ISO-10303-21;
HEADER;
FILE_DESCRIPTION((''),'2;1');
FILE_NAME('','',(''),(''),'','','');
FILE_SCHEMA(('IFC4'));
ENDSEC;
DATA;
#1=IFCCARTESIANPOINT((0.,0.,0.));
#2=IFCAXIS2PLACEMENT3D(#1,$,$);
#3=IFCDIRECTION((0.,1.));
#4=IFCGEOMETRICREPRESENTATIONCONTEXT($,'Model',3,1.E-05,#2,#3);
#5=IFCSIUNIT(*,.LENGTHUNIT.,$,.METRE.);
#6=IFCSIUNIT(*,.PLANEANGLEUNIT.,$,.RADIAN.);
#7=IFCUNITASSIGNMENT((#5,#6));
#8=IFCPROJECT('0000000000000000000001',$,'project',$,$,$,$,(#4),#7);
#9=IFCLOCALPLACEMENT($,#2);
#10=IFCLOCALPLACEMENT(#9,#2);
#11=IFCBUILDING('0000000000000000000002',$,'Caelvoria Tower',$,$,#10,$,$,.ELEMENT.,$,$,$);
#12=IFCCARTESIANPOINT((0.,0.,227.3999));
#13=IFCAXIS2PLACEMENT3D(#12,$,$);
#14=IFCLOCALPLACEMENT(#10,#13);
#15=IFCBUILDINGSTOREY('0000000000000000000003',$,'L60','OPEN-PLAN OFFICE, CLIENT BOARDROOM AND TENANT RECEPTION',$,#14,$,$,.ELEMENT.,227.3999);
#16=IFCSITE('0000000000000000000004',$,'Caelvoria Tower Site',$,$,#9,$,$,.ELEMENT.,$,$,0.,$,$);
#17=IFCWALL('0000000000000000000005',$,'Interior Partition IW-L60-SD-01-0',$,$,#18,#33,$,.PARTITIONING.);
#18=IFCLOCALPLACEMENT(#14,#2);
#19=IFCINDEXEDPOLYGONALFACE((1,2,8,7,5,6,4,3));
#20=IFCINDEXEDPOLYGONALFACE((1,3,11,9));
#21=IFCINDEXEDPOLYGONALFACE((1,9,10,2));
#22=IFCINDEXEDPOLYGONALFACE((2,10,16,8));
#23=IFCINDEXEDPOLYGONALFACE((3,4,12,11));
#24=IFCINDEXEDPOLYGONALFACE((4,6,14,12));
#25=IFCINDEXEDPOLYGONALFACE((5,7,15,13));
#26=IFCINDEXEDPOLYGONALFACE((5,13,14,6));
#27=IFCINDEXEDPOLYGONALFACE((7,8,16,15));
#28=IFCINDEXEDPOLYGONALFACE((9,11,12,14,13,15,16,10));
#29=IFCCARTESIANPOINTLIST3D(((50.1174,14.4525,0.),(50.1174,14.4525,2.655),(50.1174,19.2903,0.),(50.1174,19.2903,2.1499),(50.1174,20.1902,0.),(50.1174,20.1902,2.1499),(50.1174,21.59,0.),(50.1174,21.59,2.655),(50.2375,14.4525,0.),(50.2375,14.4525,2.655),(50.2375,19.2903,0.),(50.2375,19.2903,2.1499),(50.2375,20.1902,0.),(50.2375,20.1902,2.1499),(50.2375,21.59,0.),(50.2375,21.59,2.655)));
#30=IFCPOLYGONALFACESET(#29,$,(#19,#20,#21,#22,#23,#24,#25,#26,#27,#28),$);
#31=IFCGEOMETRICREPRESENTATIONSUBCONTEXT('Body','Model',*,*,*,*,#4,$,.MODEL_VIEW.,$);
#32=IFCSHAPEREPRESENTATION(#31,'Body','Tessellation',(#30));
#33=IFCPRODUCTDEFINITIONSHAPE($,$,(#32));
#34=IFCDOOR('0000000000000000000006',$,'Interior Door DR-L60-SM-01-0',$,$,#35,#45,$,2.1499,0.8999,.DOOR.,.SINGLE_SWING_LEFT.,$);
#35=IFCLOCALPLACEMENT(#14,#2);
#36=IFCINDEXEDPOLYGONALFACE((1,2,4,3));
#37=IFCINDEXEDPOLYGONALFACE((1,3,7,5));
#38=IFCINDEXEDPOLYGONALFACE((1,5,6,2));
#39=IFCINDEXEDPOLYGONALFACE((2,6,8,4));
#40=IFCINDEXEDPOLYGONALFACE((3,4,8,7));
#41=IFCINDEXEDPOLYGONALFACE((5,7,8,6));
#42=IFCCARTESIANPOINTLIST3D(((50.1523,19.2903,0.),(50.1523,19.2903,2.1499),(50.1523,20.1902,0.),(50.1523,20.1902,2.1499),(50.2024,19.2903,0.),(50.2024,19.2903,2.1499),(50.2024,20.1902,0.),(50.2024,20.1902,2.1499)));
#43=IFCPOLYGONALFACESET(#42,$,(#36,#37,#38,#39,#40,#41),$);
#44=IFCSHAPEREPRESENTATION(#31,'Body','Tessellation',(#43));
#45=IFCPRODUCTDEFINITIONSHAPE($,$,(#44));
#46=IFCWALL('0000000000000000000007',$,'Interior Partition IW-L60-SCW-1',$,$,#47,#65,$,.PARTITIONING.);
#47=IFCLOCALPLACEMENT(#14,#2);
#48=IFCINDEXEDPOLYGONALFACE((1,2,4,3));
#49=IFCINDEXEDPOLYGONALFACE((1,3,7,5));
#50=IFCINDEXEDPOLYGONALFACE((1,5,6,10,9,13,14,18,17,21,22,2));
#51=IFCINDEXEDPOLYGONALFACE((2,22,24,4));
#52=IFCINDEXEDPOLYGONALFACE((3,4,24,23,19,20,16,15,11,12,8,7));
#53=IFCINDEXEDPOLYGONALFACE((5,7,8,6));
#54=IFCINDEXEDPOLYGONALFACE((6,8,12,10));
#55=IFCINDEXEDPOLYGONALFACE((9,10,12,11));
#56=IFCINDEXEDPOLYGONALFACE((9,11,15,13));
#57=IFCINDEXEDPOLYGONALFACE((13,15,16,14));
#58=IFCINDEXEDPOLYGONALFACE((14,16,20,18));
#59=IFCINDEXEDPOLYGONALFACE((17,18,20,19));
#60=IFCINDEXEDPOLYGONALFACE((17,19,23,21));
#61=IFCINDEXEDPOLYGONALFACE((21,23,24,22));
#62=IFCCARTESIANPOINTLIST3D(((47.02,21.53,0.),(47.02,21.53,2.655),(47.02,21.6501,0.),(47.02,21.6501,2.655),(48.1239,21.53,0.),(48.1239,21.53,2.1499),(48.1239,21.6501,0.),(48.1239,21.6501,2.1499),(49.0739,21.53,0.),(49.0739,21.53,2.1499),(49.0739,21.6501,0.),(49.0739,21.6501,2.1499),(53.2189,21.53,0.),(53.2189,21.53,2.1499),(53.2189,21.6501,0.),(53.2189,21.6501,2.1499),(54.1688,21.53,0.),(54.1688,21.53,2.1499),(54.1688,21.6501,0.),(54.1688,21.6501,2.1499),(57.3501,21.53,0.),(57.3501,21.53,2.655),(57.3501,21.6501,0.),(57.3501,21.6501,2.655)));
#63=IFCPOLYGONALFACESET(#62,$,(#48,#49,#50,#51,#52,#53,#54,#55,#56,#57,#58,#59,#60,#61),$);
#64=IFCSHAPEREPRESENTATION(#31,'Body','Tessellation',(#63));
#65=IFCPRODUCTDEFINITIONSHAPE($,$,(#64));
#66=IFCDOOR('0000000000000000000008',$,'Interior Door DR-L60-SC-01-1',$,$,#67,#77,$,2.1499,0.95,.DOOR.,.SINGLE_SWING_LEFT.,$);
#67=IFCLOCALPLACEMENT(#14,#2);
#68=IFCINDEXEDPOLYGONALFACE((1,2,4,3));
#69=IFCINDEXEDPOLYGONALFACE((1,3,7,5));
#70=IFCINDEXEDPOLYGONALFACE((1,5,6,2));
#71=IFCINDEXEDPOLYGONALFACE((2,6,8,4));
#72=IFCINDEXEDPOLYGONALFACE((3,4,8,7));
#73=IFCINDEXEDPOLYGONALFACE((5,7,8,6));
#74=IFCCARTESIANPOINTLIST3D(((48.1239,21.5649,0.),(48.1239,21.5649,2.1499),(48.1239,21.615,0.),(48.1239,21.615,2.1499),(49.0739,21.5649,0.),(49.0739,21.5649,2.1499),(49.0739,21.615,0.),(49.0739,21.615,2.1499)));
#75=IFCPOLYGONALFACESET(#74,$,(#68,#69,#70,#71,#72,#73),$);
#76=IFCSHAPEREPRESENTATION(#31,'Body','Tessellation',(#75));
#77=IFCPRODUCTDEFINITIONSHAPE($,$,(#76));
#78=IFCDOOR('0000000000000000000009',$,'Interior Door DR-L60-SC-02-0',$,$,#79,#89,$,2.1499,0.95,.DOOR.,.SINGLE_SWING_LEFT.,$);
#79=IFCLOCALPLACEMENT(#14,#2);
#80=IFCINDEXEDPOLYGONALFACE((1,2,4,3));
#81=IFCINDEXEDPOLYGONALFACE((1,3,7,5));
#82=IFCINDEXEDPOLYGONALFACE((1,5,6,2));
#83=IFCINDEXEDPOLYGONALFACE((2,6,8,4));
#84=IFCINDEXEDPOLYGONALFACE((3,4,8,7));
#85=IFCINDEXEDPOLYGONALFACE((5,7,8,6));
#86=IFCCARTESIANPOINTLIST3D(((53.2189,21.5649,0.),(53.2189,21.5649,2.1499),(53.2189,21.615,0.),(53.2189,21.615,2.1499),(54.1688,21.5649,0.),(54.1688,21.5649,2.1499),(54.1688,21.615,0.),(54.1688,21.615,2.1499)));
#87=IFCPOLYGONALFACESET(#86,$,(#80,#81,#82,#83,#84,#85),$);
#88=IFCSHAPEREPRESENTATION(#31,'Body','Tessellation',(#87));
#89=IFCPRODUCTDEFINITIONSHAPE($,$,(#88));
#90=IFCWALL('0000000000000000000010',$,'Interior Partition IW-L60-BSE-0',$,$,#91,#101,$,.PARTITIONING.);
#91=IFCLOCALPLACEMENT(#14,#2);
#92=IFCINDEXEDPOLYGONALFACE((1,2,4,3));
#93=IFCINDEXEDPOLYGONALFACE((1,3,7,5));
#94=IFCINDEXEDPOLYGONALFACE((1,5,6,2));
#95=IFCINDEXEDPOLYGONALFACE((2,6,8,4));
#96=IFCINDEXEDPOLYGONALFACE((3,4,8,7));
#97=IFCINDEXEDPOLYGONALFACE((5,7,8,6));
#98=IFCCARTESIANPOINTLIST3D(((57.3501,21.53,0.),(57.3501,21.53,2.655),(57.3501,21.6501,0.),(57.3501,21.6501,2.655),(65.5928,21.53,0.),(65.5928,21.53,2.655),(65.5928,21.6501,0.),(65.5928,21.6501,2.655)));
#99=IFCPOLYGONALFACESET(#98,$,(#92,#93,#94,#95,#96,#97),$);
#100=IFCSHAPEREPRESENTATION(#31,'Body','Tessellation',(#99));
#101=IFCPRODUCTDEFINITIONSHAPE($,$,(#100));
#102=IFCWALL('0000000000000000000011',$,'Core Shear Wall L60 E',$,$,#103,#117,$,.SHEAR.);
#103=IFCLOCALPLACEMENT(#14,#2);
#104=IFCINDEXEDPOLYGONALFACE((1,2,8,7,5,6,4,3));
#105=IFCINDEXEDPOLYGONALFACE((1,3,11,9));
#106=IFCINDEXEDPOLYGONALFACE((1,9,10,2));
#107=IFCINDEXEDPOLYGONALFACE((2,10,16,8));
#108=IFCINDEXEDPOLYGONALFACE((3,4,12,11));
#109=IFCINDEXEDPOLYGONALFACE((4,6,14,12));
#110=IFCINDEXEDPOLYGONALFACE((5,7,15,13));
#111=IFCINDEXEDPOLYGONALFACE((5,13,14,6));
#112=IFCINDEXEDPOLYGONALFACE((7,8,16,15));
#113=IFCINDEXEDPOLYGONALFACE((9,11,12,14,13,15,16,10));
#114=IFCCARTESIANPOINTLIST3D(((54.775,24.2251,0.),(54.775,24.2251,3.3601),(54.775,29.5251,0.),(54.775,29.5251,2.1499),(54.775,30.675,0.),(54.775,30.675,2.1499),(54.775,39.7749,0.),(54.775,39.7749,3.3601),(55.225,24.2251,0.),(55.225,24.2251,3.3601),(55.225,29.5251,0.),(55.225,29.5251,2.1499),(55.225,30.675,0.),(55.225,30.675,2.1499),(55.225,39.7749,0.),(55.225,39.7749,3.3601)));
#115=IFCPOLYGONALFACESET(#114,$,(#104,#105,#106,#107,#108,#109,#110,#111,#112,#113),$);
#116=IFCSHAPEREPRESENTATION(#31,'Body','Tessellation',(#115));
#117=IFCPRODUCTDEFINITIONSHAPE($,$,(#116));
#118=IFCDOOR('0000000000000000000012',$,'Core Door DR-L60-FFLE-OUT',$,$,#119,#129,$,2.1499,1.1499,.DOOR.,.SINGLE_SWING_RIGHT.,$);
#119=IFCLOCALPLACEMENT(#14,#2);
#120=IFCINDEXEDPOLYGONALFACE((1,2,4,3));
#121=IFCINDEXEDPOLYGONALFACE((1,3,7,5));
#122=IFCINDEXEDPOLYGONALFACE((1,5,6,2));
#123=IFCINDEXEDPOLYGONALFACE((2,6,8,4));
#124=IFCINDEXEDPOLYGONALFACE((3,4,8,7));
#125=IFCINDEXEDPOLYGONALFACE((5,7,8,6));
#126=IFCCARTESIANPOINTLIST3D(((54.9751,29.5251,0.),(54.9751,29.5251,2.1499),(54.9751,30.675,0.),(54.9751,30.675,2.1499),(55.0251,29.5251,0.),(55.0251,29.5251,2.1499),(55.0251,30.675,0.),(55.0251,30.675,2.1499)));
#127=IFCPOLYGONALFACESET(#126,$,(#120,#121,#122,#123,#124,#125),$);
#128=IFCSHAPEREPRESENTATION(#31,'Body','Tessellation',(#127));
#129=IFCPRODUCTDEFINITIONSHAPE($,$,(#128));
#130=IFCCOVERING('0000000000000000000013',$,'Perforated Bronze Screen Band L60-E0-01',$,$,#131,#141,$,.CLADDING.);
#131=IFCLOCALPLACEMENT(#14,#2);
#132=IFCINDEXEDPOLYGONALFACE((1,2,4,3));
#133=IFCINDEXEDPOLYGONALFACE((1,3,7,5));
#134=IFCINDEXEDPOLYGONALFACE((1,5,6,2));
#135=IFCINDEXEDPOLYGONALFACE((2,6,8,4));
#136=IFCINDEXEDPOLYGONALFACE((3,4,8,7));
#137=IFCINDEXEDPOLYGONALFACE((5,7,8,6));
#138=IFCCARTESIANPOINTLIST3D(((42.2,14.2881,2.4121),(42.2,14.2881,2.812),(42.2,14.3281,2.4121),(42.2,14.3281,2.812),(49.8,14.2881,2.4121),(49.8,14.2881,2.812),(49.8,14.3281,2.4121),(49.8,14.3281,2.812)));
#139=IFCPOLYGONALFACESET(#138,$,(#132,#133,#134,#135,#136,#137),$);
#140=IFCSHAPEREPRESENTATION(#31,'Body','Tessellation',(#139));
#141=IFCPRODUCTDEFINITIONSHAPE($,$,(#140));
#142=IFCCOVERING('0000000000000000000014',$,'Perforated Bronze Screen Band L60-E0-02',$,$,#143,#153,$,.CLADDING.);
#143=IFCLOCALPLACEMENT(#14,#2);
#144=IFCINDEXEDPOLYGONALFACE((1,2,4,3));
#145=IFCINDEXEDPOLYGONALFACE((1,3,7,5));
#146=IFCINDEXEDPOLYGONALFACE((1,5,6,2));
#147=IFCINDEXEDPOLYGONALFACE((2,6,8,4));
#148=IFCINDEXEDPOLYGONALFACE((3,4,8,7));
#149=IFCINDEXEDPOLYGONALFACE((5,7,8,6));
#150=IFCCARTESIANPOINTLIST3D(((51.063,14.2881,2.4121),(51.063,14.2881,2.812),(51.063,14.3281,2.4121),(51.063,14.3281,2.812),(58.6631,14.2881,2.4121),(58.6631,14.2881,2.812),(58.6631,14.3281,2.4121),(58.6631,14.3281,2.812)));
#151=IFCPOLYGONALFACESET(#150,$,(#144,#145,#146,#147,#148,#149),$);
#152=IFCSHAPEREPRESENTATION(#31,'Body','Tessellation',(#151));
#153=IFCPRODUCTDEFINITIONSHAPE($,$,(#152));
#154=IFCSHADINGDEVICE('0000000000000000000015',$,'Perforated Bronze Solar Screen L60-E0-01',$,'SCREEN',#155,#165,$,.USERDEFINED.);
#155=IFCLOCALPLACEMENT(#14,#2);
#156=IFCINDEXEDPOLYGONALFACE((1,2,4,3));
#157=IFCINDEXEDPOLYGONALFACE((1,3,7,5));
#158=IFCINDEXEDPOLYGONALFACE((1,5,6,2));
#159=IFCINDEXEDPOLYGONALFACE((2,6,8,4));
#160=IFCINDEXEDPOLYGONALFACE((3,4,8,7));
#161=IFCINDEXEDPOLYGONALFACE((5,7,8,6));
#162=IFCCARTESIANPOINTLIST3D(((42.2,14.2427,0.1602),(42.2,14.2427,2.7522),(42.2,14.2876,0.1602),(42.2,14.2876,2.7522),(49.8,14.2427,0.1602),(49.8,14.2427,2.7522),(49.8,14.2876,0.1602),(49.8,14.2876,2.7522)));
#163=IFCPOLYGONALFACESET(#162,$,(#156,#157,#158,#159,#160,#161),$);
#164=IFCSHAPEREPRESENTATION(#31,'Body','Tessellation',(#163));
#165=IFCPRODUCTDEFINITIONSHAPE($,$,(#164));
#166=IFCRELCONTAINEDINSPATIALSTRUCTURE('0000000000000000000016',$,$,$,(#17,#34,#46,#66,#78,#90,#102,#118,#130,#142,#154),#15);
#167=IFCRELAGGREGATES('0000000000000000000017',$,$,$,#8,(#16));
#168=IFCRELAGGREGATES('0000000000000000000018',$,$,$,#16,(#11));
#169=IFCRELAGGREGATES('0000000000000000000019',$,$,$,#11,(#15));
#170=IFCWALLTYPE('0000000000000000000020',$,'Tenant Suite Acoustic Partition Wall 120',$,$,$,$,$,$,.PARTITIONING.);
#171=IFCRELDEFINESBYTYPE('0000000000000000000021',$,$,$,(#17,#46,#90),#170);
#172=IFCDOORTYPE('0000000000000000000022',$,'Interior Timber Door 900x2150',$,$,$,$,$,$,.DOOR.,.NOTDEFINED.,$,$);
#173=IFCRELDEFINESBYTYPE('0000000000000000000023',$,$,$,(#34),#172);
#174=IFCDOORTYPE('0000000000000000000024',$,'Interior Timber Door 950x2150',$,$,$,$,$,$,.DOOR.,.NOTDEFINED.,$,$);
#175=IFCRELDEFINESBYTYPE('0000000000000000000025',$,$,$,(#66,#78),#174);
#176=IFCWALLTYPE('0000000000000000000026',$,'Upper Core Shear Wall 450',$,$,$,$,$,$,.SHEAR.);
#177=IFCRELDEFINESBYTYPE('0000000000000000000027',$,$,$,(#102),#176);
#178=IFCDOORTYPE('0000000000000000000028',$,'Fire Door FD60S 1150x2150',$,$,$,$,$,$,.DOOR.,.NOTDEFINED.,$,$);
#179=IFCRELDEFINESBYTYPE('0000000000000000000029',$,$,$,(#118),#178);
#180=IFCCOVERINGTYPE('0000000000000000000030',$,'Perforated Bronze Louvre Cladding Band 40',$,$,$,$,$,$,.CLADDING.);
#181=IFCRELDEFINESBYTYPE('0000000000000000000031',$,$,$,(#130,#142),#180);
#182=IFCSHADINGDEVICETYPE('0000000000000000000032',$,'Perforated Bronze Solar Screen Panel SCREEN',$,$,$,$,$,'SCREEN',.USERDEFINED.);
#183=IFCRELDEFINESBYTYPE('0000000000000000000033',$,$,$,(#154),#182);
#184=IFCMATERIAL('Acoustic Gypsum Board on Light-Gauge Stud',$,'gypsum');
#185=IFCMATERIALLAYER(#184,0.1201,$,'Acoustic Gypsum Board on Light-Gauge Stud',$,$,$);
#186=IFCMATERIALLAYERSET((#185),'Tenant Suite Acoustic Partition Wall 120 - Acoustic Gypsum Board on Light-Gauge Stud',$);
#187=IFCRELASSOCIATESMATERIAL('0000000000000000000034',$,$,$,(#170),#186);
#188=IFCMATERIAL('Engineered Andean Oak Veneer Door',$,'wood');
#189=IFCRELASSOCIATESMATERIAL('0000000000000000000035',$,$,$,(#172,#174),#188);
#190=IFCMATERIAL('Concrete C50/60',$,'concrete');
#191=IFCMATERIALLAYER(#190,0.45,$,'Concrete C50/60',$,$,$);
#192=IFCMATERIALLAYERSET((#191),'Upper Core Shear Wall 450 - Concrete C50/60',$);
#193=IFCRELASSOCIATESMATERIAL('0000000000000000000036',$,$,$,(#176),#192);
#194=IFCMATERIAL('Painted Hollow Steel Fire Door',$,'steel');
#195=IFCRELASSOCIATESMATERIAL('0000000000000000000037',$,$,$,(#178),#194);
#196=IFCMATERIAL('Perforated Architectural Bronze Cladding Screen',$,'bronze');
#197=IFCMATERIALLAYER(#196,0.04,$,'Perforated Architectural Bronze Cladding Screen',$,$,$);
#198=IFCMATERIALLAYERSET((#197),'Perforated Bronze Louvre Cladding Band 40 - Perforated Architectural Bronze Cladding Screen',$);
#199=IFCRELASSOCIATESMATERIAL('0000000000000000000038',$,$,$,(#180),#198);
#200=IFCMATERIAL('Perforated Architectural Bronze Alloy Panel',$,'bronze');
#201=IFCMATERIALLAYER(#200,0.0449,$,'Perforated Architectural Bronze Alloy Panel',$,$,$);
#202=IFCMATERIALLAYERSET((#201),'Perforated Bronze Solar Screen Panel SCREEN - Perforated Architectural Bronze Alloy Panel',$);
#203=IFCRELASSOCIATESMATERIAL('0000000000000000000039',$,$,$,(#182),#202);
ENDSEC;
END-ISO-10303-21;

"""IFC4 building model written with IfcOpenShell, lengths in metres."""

from ifc_helpers import new_model, si_unit, direction, frame, frame_2d, origin, origin_2d, place, context, subcontext, project, spatial, rectangle, extrude, material, layer, layer_set, type_object, element, fill, save


model = new_model("IFC4")

# Units and contexts
model_context = context("Model", 3, precision=1e-05, world=origin(), true_north=direction((0.0, 1.0)))
body_context = subcontext(model_context, "Body", "Model", "MODEL_VIEW")
ifc_project = project(units=[si_unit("LENGTHUNIT", "METRE"), si_unit("PLANEANGLEUNIT", "RADIAN")], contexts=[model_context])

# Site, building, storey
site_placement = place(None, origin())
site = spatial("IfcSite", under=ifc_project, at=site_placement, Name="Caelvoria Tower Site", CompositionType="ELEMENT", RefElevation=0.0)
building_placement = place(site_placement, origin())
building = spatial("IfcBuilding", under=site, at=building_placement, Name="Caelvoria Tower", CompositionType="ELEMENT")
storey_placement = place(building_placement, frame((0.0, 0.0, 227.3999)))
storey = spatial("IfcBuildingStorey", under=building, at=storey_placement, Name="L60", Description="OPEN-PLAN OFFICE, CLIENT BOARDROOM AND TENANT RECEPTION", CompositionType="ELEMENT", Elevation=227.3999)

# Shared definitions
ifc_material_1 = material(Name="Concrete C50/60", Category="concrete")

# Wall, opening, door
ifc_material_2 = material(Name="Acoustic Gypsum Board on Light-Gauge Stud", Category="gypsum")
ifc_layer_1 = layer(ifc_material_2, 0.1201, Name="Acoustic Gypsum Board on Light-Gauge Stud")
ifc_layer_set_1 = layer_set([ifc_layer_1], Name="Tenant Suite Acoustic Partition Wall 120 - Acoustic Gypsum Board on Light-Gauge Stud")
wall_type_1 = type_object("IfcWallType", Name="Tenant Suite Acoustic Partition Wall 120", PredefinedType="PARTITIONING", material=ifc_layer_set_1)
wall_1_placement = place(storey_placement, frame((50.1775, 21.5901, 0.0), z_axis=(0.0, 0.0, 1.0), x_axis=(0.0, -1.0, 0.0)))
wall_1 = element("IfcWall", 1, at=wall_1_placement, inside=storey, type_object=wall_type_1, Name="Interior Partition IW-L60-SD-01-0", PredefinedType="PARTITIONING", context=body_context, shape_type="SweptSolid", body=[
    extrude(rectangle(XDim=7.1375, YDim=0.1201, at=frame_2d((3.5688, 0.0))), origin(), (0.0, 0.0, 1.0), 2.655),
])
opening_1_placement = place(wall_1_placement, frame((1.3999, 0.0, 0.0)))
opening_1 = element("IfcOpeningElement", 2, at=opening_1_placement, cuts=wall_1, PredefinedType="OPENING", context=body_context, shape_type="SweptSolid", body=[
    extrude(rectangle(XDim=0.8999, YDim=2.1499, at=frame_2d((0.45, 1.075))), frame((0.0, 0.0701, 0.0), z_axis=(0.0, -1.0, 0.0), x_axis=(1.0, 0.0, 0.0)), (0.0, 0.0, 1.0), 0.1401),
])
ifc_material_3 = material(Name="Engineered Andean Oak Veneer Door", Category="wood")
door_type_1 = type_object("IfcDoorType", Name="Interior Timber Door 900x2150", OperationType="NOTDEFINED", PredefinedType="DOOR", material=ifc_material_3)
door_1_placement = place(opening_1_placement, origin())
door_1 = element("IfcDoor", 3, at=door_1_placement, inside=storey, type_object=door_type_1, Name="Interior Door DR-L60-SM-01-0", OperationType="SINGLE_SWING_LEFT", OverallHeight=2.1499, OverallWidth=0.8999, PredefinedType="DOOR", context=body_context, shape_type="SweptSolid", body=[
    extrude(rectangle(XDim=0.8999, YDim=2.1499, at=frame_2d((0.45, 1.075))), frame((0.0, 0.0249, 0.0), z_axis=(0.0, -1.0, 0.0), x_axis=(1.0, 0.0, 0.0)), (0.0, 0.0, 1.0), 0.05),
])
fill(opening_1, door_1)

# Wall, openings, doors
wall_2_placement = place(storey_placement, frame((47.02, 21.5901, 0.0), z_axis=(0.0, 0.0, 1.0), x_axis=(1.0, 0.0, 0.0)))
wall_2 = element("IfcWall", 4, at=wall_2_placement, inside=storey, type_object=wall_type_1, Name="Interior Partition IW-L60-SCW-1", PredefinedType="PARTITIONING", context=body_context, shape_type="SweptSolid", body=[
    extrude(rectangle(XDim=10.3301, YDim=0.1201, at=frame_2d((5.165, 0.0))), origin(), (0.0, 0.0, 1.0), 2.655),
])
opening_2_placement = place(wall_2_placement, frame((1.1038, 0.0, 0.0)))
opening_2 = element("IfcOpeningElement", 5, at=opening_2_placement, cuts=wall_2, PredefinedType="OPENING", context=body_context, shape_type="SweptSolid", body=[
    extrude(rectangle(XDim=0.95, YDim=2.1499, at=frame_2d((0.4751, 1.075))), frame((0.0, 0.0701, 0.0), z_axis=(0.0, -1.0, 0.0), x_axis=(1.0, 0.0, 0.0)), (0.0, 0.0, 1.0), 0.1401),
])
opening_3_placement = place(wall_2_placement, frame((6.1987, 0.0, 0.0)))
opening_3 = element("IfcOpeningElement", 6, at=opening_3_placement, cuts=wall_2, PredefinedType="OPENING", context=body_context, shape_type="SweptSolid", body=[
    extrude(rectangle(XDim=0.95, YDim=2.1499, at=frame_2d((0.4751, 1.075))), frame((0.0, 0.0701, 0.0), z_axis=(0.0, -1.0, 0.0), x_axis=(1.0, 0.0, 0.0)), (0.0, 0.0, 1.0), 0.1401),
])
door_type_2 = type_object("IfcDoorType", Name="Interior Timber Door 950x2150", OperationType="NOTDEFINED", PredefinedType="DOOR", material=ifc_material_3)
door_2_placement = place(opening_2_placement, origin())
door_2 = element("IfcDoor", 7, at=door_2_placement, inside=storey, type_object=door_type_2, Name="Interior Door DR-L60-SC-01-1", OperationType="SINGLE_SWING_LEFT", OverallHeight=2.1499, OverallWidth=0.95, PredefinedType="DOOR", context=body_context, shape_type="SweptSolid", body=[
    extrude(rectangle(XDim=0.95, YDim=2.1499, at=frame_2d((0.4751, 1.075))), frame((0.0, 0.0249, 0.0), z_axis=(0.0, -1.0, 0.0), x_axis=(1.0, 0.0, 0.0)), (0.0, 0.0, 1.0), 0.05),
])
fill(opening_2, door_2)
door_3_placement = place(opening_3_placement, origin())
door_3 = element("IfcDoor", 8, at=door_3_placement, inside=storey, type_object=door_type_2, Name="Interior Door DR-L60-SC-02-0", OperationType="SINGLE_SWING_LEFT", OverallHeight=2.1499, OverallWidth=0.95, PredefinedType="DOOR", context=body_context, shape_type="SweptSolid", body=[
    extrude(rectangle(XDim=0.95, YDim=2.1499, at=frame_2d((0.4751, 1.075))), frame((0.0, 0.0249, 0.0), z_axis=(0.0, -1.0, 0.0), x_axis=(1.0, 0.0, 0.0)), (0.0, 0.0, 1.0), 0.05),
])
fill(opening_3, door_3)

# Wall
wall_3_placement = place(storey_placement, frame((57.3501, 21.5901, 0.0), z_axis=(0.0, 0.0, 1.0), x_axis=(1.0, 0.0, 0.0)))
element("IfcWall", 9, at=wall_3_placement, inside=storey, type_object=wall_type_1, Name="Interior Partition IW-L60-BSE-0", PredefinedType="PARTITIONING", context=body_context, shape_type="SweptSolid", body=[
    extrude(rectangle(XDim=8.2427, YDim=0.1201, at=frame_2d((4.1213, 0.0))), origin(), (0.0, 0.0, 1.0), 2.655),
])

# Wall, opening, door
ifc_layer_2 = layer(ifc_material_1, 0.45, Name="Concrete C50/60")
ifc_layer_set_2 = layer_set([ifc_layer_2], Name="Upper Core Shear Wall 450 - Concrete C50/60")
wall_type_2 = type_object("IfcWallType", Name="Upper Core Shear Wall 450", PredefinedType="SHEAR", material=ifc_layer_set_2)
wall_4_placement = place(storey_placement, frame((55.0, 24.2251, 0.0), z_axis=(0.0, 0.0, 1.0), x_axis=(0.0, 1.0, 0.0)))
wall_4 = element("IfcWall", 10, at=wall_4_placement, inside=storey, type_object=wall_type_2, Name="Core Shear Wall L60 E", PredefinedType="SHEAR", context=body_context, shape_type="SweptSolid", body=[
    extrude(rectangle(XDim=15.5498, YDim=0.45, at=frame_2d((7.7749, 0.0))), origin(), (0.0, 0.0, 1.0), 3.3601),
])
opening_4_placement = place(wall_4_placement, frame((5.3, 0.0, 0.0)))
opening_4 = element("IfcOpeningElement", 11, at=opening_4_placement, cuts=wall_4, PredefinedType="OPENING", context=body_context, shape_type="SweptSolid", body=[
    extrude(rectangle(XDim=1.1499, YDim=2.1499, at=frame_2d((0.575, 1.075))), frame((0.0, 0.2349, 0.0), z_axis=(0.0, -1.0, 0.0), x_axis=(1.0, 0.0, 0.0)), (0.0, 0.0, 1.0), 0.47),
])
ifc_material_4 = material(Name="Painted Hollow Steel Fire Door", Category="steel")
door_type_3 = type_object("IfcDoorType", Name="Fire Door FD60S 1150x2150", OperationType="NOTDEFINED", PredefinedType="DOOR", material=ifc_material_4)
door_4_placement = place(opening_4_placement, origin())
door_4 = element("IfcDoor", 12, at=door_4_placement, inside=storey, type_object=door_type_3, Name="Core Door DR-L60-FFLE-OUT", OperationType="SINGLE_SWING_RIGHT", OverallHeight=2.1499, OverallWidth=1.1499, PredefinedType="DOOR", context=body_context, shape_type="SweptSolid", body=[
    extrude(rectangle(XDim=1.1499, YDim=2.1499, at=frame_2d((0.575, 1.075))), frame((0.0, 0.0249, 0.0), z_axis=(0.0, -1.0, 0.0), x_axis=(1.0, 0.0, 0.0)), (0.0, 0.0, 1.0), 0.05),
])
fill(opening_4, door_4)

# Coverings
ifc_material_5 = material(Name="Perforated Architectural Bronze Cladding Screen", Category="bronze")
ifc_layer_3 = layer(ifc_material_5, 0.04, Name="Perforated Architectural Bronze Cladding Screen")
ifc_layer_set_3 = layer_set([ifc_layer_3], Name="Perforated Bronze Louvre Cladding Band 40 - Perforated Architectural Bronze Cladding Screen")
covering_type = type_object("IfcCoveringType", Name="Perforated Bronze Louvre Cladding Band 40", PredefinedType="CLADDING", material=ifc_layer_set_3)
for number, where, z_axis, x_axis, name in (
    (13, (46.0, 14.3081, 2.4121), (0.0, 0.0, 1.0), (1.0, 0.0, 0.0), "Perforated Bronze Screen Band L60-E0-01"),
    (14, (54.863, 14.3081, 2.4121), (0.0, 0.0, 1.0), (1.0, 0.0, 0.0), "Perforated Bronze Screen Band L60-E0-02"),
):
    element("IfcCovering", number, at=place(storey_placement, frame(where, z_axis=z_axis, x_axis=x_axis)), inside=storey, type_object=covering_type, Name=name, PredefinedType="CLADDING", context=body_context, shape_type="SweptSolid", body=[
        extrude(rectangle(XDim=7.6001, YDim=0.04, at=origin_2d()), origin(), (0.0, 0.0, 1.0), 0.3999),
    ])

# Shading device
ifc_material_6 = material(Name="Perforated Architectural Bronze Alloy Panel", Category="bronze")
ifc_layer_4 = layer(ifc_material_6, 0.0449, Name="Perforated Architectural Bronze Alloy Panel")
ifc_layer_set_4 = layer_set([ifc_layer_4], Name="Perforated Bronze Solar Screen Panel SCREEN - Perforated Architectural Bronze Alloy Panel")
shading_device_type = type_object("IfcShadingDeviceType", Name="Perforated Bronze Solar Screen Panel SCREEN", ElementType="SCREEN", PredefinedType="USERDEFINED", material=ifc_layer_set_4)
for number, where, z_axis, x_axis, name in (
    (15, (46.0, 14.2651, 0.1602), (0.0, 0.0, 1.0), (1.0, 0.0, 0.0), "Perforated Bronze Solar Screen L60-E0-01"),
):
    element("IfcShadingDevice", number, at=place(storey_placement, frame(where, z_axis=z_axis, x_axis=x_axis)), inside=storey, type_object=shading_device_type, Name=name, ObjectType="SCREEN", PredefinedType="USERDEFINED", context=body_context, shape_type="SweptSolid", body=[
        extrude(rectangle(XDim=7.6001, YDim=0.0449, at=origin_2d()), origin(), (0.0, 0.0, 1.0), 2.592),
    ])

save(model, "model.ifc")
